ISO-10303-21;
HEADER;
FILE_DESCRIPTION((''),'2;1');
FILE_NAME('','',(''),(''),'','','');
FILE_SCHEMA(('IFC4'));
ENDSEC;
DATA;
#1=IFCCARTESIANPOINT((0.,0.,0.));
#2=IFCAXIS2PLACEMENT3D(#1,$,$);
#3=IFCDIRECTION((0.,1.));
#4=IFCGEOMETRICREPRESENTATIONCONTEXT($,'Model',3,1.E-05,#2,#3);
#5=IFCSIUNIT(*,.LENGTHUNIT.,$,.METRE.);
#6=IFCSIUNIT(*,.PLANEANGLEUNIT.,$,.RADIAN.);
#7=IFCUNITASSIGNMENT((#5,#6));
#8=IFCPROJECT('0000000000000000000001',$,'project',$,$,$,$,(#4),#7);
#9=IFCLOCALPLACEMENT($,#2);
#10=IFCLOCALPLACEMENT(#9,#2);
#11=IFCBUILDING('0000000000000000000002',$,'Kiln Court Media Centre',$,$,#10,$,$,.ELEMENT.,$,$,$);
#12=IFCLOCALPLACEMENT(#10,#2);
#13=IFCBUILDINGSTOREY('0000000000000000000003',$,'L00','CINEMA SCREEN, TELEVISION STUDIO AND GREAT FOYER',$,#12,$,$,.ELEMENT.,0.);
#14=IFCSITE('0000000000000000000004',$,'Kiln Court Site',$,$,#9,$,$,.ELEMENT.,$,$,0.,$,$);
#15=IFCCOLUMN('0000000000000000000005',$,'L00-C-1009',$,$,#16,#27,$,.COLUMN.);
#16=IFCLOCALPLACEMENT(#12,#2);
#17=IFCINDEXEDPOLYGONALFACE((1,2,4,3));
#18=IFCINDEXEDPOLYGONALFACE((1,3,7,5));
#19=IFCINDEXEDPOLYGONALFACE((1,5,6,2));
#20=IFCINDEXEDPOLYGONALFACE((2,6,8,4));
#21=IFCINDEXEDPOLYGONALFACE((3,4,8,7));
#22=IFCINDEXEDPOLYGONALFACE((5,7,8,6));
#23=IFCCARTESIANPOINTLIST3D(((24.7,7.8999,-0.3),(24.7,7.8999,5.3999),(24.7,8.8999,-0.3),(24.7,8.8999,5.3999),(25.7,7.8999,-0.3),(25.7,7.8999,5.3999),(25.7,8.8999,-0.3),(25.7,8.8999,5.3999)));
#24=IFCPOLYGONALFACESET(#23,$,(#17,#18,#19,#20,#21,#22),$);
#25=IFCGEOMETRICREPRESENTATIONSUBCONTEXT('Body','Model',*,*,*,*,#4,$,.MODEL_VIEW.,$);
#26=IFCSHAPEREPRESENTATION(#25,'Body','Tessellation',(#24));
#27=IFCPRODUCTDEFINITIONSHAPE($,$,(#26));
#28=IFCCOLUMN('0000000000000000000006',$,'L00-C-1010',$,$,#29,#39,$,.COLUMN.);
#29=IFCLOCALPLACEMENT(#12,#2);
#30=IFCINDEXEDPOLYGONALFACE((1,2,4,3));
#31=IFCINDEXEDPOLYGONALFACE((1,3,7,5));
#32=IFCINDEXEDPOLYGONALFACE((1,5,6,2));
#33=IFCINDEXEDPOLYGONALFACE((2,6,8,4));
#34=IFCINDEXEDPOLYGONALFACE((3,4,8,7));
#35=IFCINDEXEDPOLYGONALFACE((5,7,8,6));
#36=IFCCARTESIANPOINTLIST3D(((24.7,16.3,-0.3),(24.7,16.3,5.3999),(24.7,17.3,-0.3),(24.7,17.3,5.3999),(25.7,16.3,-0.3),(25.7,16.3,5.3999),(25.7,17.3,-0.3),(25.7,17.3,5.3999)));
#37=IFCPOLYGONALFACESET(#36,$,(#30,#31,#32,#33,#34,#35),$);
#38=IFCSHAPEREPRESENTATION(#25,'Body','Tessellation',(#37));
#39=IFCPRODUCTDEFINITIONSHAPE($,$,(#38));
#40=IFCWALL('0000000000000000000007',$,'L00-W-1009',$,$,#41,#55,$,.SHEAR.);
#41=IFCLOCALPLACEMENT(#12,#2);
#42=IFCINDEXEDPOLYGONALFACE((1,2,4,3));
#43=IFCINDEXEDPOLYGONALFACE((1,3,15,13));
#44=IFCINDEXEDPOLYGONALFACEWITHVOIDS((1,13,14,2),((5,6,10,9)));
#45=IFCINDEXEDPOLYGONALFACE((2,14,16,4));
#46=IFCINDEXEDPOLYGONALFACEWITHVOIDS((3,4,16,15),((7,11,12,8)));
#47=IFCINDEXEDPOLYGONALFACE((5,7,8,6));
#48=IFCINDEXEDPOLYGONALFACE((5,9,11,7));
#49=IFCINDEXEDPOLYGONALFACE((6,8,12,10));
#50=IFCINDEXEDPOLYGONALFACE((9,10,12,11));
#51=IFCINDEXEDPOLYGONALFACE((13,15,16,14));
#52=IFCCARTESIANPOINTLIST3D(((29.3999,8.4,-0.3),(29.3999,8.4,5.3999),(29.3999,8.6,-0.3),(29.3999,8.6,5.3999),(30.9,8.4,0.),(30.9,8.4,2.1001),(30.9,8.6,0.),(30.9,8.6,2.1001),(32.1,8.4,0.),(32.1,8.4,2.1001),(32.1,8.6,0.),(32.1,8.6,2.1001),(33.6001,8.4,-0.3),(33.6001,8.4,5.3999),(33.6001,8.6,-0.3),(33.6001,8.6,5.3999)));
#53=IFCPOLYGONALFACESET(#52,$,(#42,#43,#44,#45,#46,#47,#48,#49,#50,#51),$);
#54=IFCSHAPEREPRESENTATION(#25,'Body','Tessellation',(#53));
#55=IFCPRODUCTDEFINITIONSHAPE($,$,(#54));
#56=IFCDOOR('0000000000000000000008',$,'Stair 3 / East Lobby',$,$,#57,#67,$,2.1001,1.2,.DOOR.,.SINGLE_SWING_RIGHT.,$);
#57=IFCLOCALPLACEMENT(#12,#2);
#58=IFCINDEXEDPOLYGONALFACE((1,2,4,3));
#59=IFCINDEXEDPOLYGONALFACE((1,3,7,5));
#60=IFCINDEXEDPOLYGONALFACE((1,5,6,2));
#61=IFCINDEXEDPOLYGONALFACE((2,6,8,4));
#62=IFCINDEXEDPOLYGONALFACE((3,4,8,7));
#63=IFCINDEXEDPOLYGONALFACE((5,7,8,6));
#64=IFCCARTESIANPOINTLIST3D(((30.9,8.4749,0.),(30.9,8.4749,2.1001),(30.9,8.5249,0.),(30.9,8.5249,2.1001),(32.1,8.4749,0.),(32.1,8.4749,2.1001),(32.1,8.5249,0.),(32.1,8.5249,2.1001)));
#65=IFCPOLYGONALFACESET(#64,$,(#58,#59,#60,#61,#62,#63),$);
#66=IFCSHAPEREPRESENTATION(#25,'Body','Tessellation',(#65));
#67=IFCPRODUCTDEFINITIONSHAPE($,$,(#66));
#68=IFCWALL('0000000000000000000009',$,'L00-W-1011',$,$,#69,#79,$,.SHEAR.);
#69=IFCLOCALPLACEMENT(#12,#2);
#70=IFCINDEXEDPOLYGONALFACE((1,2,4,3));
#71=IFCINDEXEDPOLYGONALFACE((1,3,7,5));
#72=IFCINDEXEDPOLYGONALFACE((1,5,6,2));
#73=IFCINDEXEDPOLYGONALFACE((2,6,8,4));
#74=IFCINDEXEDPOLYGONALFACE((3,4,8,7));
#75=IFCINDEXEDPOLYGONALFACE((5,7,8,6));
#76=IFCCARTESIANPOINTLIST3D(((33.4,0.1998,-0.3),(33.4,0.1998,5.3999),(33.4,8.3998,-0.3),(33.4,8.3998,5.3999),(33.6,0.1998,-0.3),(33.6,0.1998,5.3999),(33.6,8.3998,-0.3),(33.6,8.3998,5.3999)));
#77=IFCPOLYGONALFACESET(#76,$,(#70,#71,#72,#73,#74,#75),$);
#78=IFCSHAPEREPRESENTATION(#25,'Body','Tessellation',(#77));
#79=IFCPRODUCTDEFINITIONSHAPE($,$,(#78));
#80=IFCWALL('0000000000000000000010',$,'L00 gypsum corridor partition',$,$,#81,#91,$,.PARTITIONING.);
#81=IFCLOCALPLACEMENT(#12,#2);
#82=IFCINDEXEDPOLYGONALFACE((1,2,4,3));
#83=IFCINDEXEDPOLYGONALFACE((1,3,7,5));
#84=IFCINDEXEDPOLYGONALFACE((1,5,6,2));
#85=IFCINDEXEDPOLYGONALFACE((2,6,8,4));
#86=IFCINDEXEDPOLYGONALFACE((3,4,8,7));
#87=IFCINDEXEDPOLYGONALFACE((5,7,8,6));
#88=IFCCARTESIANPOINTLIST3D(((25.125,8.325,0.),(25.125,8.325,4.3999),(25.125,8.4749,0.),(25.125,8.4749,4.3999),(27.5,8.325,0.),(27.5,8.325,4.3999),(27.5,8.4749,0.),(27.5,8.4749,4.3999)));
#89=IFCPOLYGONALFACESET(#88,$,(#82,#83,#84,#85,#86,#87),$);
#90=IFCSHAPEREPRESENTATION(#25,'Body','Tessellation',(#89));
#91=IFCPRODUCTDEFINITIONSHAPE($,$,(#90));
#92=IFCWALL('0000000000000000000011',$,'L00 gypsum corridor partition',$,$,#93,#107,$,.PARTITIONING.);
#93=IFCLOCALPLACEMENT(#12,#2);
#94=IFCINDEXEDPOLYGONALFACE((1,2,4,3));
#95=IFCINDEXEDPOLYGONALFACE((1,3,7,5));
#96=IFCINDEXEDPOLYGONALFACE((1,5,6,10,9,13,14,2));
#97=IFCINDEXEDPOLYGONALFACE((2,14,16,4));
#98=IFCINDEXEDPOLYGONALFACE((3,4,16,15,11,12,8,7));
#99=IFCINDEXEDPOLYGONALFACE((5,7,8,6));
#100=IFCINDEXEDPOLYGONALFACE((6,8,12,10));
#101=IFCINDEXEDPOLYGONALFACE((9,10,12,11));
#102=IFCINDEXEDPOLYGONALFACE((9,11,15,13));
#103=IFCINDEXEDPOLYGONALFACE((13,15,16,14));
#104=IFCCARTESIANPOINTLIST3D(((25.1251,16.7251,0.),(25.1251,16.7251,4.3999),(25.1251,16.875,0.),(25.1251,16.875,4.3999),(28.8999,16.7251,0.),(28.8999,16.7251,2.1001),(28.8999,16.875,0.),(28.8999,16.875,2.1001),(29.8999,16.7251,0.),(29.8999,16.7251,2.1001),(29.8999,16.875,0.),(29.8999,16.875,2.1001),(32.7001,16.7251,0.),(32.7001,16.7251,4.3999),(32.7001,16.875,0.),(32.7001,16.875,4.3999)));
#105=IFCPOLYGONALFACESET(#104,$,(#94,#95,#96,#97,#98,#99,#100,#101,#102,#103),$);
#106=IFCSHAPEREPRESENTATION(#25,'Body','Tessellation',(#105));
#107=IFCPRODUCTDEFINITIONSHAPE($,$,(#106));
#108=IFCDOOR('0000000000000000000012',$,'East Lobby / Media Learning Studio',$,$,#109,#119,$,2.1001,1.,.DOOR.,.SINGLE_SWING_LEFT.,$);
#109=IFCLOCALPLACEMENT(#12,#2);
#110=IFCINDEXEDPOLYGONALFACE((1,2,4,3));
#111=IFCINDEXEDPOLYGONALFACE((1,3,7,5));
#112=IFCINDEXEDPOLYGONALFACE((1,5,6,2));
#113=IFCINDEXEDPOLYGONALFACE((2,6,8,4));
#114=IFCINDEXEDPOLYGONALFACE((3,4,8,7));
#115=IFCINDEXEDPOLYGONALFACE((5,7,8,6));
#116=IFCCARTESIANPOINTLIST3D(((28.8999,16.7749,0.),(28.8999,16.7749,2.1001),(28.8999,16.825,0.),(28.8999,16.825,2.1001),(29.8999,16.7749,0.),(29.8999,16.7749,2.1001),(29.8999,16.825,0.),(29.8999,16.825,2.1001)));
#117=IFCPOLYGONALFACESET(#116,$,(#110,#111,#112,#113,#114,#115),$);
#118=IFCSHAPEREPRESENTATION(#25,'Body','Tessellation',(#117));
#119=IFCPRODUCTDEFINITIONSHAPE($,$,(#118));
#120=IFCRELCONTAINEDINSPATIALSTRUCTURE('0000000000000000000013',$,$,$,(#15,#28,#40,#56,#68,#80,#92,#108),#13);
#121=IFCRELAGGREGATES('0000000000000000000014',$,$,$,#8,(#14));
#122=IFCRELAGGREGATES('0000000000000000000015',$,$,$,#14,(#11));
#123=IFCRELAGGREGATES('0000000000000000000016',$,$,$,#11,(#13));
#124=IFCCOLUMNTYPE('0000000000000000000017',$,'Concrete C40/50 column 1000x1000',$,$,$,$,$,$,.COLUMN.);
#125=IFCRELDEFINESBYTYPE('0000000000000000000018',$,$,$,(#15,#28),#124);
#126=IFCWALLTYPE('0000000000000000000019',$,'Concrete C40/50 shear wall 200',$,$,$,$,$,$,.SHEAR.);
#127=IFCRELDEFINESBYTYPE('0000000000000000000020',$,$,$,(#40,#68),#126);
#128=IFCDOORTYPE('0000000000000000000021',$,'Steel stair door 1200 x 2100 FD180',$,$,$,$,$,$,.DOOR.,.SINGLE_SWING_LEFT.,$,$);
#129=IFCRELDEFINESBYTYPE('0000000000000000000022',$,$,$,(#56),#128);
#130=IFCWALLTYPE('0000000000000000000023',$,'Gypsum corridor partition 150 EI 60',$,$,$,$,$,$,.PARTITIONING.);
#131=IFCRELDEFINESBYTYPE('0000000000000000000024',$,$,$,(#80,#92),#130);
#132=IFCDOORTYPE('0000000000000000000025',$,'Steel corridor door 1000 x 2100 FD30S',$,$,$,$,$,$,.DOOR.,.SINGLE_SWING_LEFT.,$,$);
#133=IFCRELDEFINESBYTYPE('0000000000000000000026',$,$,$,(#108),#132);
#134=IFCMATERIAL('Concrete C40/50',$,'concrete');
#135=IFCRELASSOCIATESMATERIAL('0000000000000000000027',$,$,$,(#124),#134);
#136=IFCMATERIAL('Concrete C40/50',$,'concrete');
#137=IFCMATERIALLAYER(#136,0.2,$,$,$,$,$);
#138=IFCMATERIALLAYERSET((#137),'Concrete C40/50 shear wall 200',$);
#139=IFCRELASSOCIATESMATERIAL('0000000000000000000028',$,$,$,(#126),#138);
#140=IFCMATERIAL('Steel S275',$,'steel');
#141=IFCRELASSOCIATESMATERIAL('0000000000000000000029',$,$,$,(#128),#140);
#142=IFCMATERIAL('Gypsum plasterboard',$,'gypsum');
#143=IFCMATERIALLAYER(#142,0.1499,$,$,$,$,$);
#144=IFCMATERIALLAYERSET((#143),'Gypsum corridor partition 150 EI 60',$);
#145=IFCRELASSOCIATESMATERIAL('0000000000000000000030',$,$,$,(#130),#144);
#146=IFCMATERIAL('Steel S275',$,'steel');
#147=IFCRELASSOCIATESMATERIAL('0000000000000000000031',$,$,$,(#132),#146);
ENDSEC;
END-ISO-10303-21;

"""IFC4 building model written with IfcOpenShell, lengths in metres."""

from ifc_helpers import new_model, si_unit, direction, frame, frame_2d, origin, origin_2d, place, context, subcontext, project, spatial, rectangle, extrude, material, layer, layer_set, material_profile, profile_set, type_object, element, fill, save


model = new_model("IFC4")

# Units and contexts
model_context = context("Model", 3, precision=1e-05, world=origin(), true_north=direction((0.0, 1.0)))
body_context = subcontext(model_context, "Body", "Model", "MODEL_VIEW")
ifc_project = project(units=[si_unit("LENGTHUNIT", "METRE"), si_unit("PLANEANGLEUNIT", "RADIAN")], contexts=[model_context])

# Site, building, storey
site_placement = place(None, origin())
site = spatial("IfcSite", under=ifc_project, at=site_placement, Name="Kiln Court Site", CompositionType="ELEMENT", RefElevation=0.0)
building_placement = place(site_placement, origin())
building = spatial("IfcBuilding", under=site, at=building_placement, Name="Kiln Court Media Centre", CompositionType="ELEMENT")
storey_placement = place(building_placement, origin())
storey = spatial("IfcBuildingStorey", under=building, at=storey_placement, Name="L00", Description="CINEMA SCREEN, TELEVISION STUDIO AND GREAT FOYER", CompositionType="ELEMENT", Elevation=0.0)

# Columns
ifc_material_1 = material(Name="Concrete C40/50", Category="concrete")
ifc_material_profile_1 = material_profile(ifc_material_1, rectangle(XDim=1.0, YDim=1.0, at=origin_2d()), Name="RC 1000x1000")
ifc_profile_set_1 = profile_set([ifc_material_profile_1], Name="Concrete C40/50")
column_type = type_object("IfcColumnType", Name="Concrete C40/50 column 1000x1000", PredefinedType="COLUMN", material=ifc_profile_set_1)
for number, where, z_axis, x_axis, name in (
    (1, (25.2, 8.3999, -0.3), (0.0, 0.0, 1.0), (1.0, 0.0, 0.0), "L00-C-1009"),
    (2, (25.2, 16.8, -0.3), (0.0, 0.0, 1.0), (1.0, 0.0, 0.0), "L00-C-1010"),
):
    element("IfcColumn", number, at=place(storey_placement, frame(where, z_axis=z_axis, x_axis=x_axis)), inside=storey, type_object=column_type, Name=name, PredefinedType="COLUMN", context=body_context, shape_type="SweptSolid", body=[
        extrude(rectangle(XDim=1.0, YDim=1.0, at=origin_2d()), origin(), (0.0, 0.0, 1.0), 5.7),
    ])

# Wall, opening, door
ifc_material_2 = material(Name="Concrete C40/50", Category="concrete")
ifc_layer_1 = layer(ifc_material_2, 0.2)
ifc_layer_set_1 = layer_set([ifc_layer_1], Name="Concrete C40/50 shear wall 200")
wall_type_1 = type_object("IfcWallType", Name="Concrete C40/50 shear wall 200", PredefinedType="SHEAR", material=ifc_layer_set_1)
wall_1_placement = place(storey_placement, frame((29.3999, 8.5, -0.3), z_axis=(0.0, 0.0, 1.0), x_axis=(1.0, 0.0, 0.0)))
wall_1 = element("IfcWall", 3, at=wall_1_placement, inside=storey, type_object=wall_type_1, Name="L00-W-1009", PredefinedType="SHEAR", context=body_context, shape_type="SweptSolid", body=[
    extrude(rectangle(XDim=4.2002, YDim=0.2, at=frame_2d((2.1001, 0.0))), origin(), (0.0, 0.0, 1.0), 5.7),
])
opening_1_placement = place(wall_1_placement, frame((1.5, 0.0, 0.3)))
opening_1 = element("IfcOpeningElement", 4, at=opening_1_placement, cuts=wall_1, PredefinedType="OPENING", context=body_context, shape_type="SweptSolid", body=[
    extrude(rectangle(XDim=1.2, YDim=2.1001, at=frame_2d((0.6001, 1.05))), frame((0.0, 0.1099, 0.0), z_axis=(0.0, -1.0, 0.0), x_axis=(1.0, 0.0, 0.0)), (0.0, 0.0, 1.0), 0.22),
])
ifc_material_3 = material(Name="Steel S275", Category="steel")
door_type_1 = type_object("IfcDoorType", Name="Steel stair door 1200 x 2100 FD180", OperationType="SINGLE_SWING_LEFT", PredefinedType="DOOR", material=ifc_material_3)
door_1_placement = place(opening_1_placement, origin())
door_1 = element("IfcDoor", 5, at=door_1_placement, inside=storey, type_object=door_type_1, Name="Stair 3 / East Lobby", OperationType="SINGLE_SWING_RIGHT", OverallHeight=2.1001, OverallWidth=1.2, PredefinedType="DOOR", context=body_context, shape_type="SweptSolid", body=[
    extrude(rectangle(XDim=1.2, YDim=2.1001, at=frame_2d((0.6001, 1.05))), frame((0.0, 0.0249, 0.0), z_axis=(0.0, -1.0, 0.0), x_axis=(1.0, 0.0, 0.0)), (0.0, 0.0, 1.0), 0.05),
])
fill(opening_1, door_1)

# Walls
wall_2_placement = place(storey_placement, frame((33.5, 8.3999, -0.3), z_axis=(0.0, 0.0, 1.0), x_axis=(0.0, -1.0, 0.0)))
element("IfcWall", 6, at=wall_2_placement, inside=storey, type_object=wall_type_1, Name="L00-W-1011", PredefinedType="SHEAR", context=body_context, shape_type="SweptSolid", body=[
    extrude(rectangle(XDim=8.2, YDim=0.2, at=frame_2d((4.1001, 0.0))), origin(), (0.0, 0.0, 1.0), 5.7),
])
ifc_material_4 = material(Name="Gypsum plasterboard", Category="gypsum")
ifc_layer_2 = layer(ifc_material_4, 0.1499)
ifc_layer_set_2 = layer_set([ifc_layer_2], Name="Gypsum corridor partition 150 EI 60")
wall_type_2 = type_object("IfcWallType", Name="Gypsum corridor partition 150 EI 60", PredefinedType="PARTITIONING", material=ifc_layer_set_2)
wall_3_placement = place(storey_placement, frame((25.125, 8.3999, 0.0), z_axis=(0.0, 0.0, 1.0), x_axis=(1.0, 0.0, 0.0)))
element("IfcWall", 7, at=wall_3_placement, inside=storey, type_object=wall_type_2, Name="L00 gypsum corridor partition", PredefinedType="PARTITIONING", context=body_context, shape_type="SweptSolid", body=[
    extrude(rectangle(XDim=2.375, YDim=0.1499, at=frame_2d((1.1875, 0.0))), origin(), (0.0, 0.0, 1.0), 4.3999),
])

# Wall, opening, door
wall_4_placement = place(storey_placement, frame((25.125, 16.8, 0.0), z_axis=(0.0, 0.0, 1.0), x_axis=(1.0, 0.0, 0.0)))
wall_4 = element("IfcWall", 8, at=wall_4_placement, inside=storey, type_object=wall_type_2, Name="L00 gypsum corridor partition", PredefinedType="PARTITIONING", context=body_context, shape_type="SweptSolid", body=[
    extrude(rectangle(XDim=7.575, YDim=0.1499, at=frame_2d((3.7876, 0.0))), origin(), (0.0, 0.0, 1.0), 4.3999),
])
opening_2_placement = place(wall_4_placement, frame((3.7749, 0.0, 0.0)))
opening_2 = element("IfcOpeningElement", 9, at=opening_2_placement, cuts=wall_4, PredefinedType="OPENING", context=body_context, shape_type="SweptSolid", body=[
    extrude(rectangle(XDim=1.0, YDim=2.1001, at=frame_2d((0.5, 1.05))), frame((0.0, 0.085, 0.0), z_axis=(0.0, -1.0, 0.0), x_axis=(1.0, 0.0, 0.0)), (0.0, 0.0, 1.0), 0.1699),
])
ifc_material_5 = material(Name="Steel S275", Category="steel")
door_type_2 = type_object("IfcDoorType", Name="Steel corridor door 1000 x 2100 FD30S", OperationType="SINGLE_SWING_LEFT", PredefinedType="DOOR", material=ifc_material_5)
door_2_placement = place(opening_2_placement, origin())
door_2 = element("IfcDoor", 10, at=door_2_placement, inside=storey, type_object=door_type_2, Name="East Lobby / Media Learning Studio", OperationType="SINGLE_SWING_LEFT", OverallHeight=2.1001, OverallWidth=1.0, PredefinedType="DOOR", context=body_context, shape_type="SweptSolid", body=[
    extrude(rectangle(XDim=1.0, YDim=2.1001, at=frame_2d((0.5, 1.05))), frame((0.0, 0.0249, 0.0), z_axis=(0.0, -1.0, 0.0), x_axis=(1.0, 0.0, 0.0)), (0.0, 0.0, 1.0), 0.05),
])
fill(opening_2, door_2)

save(model, "model.ifc")
